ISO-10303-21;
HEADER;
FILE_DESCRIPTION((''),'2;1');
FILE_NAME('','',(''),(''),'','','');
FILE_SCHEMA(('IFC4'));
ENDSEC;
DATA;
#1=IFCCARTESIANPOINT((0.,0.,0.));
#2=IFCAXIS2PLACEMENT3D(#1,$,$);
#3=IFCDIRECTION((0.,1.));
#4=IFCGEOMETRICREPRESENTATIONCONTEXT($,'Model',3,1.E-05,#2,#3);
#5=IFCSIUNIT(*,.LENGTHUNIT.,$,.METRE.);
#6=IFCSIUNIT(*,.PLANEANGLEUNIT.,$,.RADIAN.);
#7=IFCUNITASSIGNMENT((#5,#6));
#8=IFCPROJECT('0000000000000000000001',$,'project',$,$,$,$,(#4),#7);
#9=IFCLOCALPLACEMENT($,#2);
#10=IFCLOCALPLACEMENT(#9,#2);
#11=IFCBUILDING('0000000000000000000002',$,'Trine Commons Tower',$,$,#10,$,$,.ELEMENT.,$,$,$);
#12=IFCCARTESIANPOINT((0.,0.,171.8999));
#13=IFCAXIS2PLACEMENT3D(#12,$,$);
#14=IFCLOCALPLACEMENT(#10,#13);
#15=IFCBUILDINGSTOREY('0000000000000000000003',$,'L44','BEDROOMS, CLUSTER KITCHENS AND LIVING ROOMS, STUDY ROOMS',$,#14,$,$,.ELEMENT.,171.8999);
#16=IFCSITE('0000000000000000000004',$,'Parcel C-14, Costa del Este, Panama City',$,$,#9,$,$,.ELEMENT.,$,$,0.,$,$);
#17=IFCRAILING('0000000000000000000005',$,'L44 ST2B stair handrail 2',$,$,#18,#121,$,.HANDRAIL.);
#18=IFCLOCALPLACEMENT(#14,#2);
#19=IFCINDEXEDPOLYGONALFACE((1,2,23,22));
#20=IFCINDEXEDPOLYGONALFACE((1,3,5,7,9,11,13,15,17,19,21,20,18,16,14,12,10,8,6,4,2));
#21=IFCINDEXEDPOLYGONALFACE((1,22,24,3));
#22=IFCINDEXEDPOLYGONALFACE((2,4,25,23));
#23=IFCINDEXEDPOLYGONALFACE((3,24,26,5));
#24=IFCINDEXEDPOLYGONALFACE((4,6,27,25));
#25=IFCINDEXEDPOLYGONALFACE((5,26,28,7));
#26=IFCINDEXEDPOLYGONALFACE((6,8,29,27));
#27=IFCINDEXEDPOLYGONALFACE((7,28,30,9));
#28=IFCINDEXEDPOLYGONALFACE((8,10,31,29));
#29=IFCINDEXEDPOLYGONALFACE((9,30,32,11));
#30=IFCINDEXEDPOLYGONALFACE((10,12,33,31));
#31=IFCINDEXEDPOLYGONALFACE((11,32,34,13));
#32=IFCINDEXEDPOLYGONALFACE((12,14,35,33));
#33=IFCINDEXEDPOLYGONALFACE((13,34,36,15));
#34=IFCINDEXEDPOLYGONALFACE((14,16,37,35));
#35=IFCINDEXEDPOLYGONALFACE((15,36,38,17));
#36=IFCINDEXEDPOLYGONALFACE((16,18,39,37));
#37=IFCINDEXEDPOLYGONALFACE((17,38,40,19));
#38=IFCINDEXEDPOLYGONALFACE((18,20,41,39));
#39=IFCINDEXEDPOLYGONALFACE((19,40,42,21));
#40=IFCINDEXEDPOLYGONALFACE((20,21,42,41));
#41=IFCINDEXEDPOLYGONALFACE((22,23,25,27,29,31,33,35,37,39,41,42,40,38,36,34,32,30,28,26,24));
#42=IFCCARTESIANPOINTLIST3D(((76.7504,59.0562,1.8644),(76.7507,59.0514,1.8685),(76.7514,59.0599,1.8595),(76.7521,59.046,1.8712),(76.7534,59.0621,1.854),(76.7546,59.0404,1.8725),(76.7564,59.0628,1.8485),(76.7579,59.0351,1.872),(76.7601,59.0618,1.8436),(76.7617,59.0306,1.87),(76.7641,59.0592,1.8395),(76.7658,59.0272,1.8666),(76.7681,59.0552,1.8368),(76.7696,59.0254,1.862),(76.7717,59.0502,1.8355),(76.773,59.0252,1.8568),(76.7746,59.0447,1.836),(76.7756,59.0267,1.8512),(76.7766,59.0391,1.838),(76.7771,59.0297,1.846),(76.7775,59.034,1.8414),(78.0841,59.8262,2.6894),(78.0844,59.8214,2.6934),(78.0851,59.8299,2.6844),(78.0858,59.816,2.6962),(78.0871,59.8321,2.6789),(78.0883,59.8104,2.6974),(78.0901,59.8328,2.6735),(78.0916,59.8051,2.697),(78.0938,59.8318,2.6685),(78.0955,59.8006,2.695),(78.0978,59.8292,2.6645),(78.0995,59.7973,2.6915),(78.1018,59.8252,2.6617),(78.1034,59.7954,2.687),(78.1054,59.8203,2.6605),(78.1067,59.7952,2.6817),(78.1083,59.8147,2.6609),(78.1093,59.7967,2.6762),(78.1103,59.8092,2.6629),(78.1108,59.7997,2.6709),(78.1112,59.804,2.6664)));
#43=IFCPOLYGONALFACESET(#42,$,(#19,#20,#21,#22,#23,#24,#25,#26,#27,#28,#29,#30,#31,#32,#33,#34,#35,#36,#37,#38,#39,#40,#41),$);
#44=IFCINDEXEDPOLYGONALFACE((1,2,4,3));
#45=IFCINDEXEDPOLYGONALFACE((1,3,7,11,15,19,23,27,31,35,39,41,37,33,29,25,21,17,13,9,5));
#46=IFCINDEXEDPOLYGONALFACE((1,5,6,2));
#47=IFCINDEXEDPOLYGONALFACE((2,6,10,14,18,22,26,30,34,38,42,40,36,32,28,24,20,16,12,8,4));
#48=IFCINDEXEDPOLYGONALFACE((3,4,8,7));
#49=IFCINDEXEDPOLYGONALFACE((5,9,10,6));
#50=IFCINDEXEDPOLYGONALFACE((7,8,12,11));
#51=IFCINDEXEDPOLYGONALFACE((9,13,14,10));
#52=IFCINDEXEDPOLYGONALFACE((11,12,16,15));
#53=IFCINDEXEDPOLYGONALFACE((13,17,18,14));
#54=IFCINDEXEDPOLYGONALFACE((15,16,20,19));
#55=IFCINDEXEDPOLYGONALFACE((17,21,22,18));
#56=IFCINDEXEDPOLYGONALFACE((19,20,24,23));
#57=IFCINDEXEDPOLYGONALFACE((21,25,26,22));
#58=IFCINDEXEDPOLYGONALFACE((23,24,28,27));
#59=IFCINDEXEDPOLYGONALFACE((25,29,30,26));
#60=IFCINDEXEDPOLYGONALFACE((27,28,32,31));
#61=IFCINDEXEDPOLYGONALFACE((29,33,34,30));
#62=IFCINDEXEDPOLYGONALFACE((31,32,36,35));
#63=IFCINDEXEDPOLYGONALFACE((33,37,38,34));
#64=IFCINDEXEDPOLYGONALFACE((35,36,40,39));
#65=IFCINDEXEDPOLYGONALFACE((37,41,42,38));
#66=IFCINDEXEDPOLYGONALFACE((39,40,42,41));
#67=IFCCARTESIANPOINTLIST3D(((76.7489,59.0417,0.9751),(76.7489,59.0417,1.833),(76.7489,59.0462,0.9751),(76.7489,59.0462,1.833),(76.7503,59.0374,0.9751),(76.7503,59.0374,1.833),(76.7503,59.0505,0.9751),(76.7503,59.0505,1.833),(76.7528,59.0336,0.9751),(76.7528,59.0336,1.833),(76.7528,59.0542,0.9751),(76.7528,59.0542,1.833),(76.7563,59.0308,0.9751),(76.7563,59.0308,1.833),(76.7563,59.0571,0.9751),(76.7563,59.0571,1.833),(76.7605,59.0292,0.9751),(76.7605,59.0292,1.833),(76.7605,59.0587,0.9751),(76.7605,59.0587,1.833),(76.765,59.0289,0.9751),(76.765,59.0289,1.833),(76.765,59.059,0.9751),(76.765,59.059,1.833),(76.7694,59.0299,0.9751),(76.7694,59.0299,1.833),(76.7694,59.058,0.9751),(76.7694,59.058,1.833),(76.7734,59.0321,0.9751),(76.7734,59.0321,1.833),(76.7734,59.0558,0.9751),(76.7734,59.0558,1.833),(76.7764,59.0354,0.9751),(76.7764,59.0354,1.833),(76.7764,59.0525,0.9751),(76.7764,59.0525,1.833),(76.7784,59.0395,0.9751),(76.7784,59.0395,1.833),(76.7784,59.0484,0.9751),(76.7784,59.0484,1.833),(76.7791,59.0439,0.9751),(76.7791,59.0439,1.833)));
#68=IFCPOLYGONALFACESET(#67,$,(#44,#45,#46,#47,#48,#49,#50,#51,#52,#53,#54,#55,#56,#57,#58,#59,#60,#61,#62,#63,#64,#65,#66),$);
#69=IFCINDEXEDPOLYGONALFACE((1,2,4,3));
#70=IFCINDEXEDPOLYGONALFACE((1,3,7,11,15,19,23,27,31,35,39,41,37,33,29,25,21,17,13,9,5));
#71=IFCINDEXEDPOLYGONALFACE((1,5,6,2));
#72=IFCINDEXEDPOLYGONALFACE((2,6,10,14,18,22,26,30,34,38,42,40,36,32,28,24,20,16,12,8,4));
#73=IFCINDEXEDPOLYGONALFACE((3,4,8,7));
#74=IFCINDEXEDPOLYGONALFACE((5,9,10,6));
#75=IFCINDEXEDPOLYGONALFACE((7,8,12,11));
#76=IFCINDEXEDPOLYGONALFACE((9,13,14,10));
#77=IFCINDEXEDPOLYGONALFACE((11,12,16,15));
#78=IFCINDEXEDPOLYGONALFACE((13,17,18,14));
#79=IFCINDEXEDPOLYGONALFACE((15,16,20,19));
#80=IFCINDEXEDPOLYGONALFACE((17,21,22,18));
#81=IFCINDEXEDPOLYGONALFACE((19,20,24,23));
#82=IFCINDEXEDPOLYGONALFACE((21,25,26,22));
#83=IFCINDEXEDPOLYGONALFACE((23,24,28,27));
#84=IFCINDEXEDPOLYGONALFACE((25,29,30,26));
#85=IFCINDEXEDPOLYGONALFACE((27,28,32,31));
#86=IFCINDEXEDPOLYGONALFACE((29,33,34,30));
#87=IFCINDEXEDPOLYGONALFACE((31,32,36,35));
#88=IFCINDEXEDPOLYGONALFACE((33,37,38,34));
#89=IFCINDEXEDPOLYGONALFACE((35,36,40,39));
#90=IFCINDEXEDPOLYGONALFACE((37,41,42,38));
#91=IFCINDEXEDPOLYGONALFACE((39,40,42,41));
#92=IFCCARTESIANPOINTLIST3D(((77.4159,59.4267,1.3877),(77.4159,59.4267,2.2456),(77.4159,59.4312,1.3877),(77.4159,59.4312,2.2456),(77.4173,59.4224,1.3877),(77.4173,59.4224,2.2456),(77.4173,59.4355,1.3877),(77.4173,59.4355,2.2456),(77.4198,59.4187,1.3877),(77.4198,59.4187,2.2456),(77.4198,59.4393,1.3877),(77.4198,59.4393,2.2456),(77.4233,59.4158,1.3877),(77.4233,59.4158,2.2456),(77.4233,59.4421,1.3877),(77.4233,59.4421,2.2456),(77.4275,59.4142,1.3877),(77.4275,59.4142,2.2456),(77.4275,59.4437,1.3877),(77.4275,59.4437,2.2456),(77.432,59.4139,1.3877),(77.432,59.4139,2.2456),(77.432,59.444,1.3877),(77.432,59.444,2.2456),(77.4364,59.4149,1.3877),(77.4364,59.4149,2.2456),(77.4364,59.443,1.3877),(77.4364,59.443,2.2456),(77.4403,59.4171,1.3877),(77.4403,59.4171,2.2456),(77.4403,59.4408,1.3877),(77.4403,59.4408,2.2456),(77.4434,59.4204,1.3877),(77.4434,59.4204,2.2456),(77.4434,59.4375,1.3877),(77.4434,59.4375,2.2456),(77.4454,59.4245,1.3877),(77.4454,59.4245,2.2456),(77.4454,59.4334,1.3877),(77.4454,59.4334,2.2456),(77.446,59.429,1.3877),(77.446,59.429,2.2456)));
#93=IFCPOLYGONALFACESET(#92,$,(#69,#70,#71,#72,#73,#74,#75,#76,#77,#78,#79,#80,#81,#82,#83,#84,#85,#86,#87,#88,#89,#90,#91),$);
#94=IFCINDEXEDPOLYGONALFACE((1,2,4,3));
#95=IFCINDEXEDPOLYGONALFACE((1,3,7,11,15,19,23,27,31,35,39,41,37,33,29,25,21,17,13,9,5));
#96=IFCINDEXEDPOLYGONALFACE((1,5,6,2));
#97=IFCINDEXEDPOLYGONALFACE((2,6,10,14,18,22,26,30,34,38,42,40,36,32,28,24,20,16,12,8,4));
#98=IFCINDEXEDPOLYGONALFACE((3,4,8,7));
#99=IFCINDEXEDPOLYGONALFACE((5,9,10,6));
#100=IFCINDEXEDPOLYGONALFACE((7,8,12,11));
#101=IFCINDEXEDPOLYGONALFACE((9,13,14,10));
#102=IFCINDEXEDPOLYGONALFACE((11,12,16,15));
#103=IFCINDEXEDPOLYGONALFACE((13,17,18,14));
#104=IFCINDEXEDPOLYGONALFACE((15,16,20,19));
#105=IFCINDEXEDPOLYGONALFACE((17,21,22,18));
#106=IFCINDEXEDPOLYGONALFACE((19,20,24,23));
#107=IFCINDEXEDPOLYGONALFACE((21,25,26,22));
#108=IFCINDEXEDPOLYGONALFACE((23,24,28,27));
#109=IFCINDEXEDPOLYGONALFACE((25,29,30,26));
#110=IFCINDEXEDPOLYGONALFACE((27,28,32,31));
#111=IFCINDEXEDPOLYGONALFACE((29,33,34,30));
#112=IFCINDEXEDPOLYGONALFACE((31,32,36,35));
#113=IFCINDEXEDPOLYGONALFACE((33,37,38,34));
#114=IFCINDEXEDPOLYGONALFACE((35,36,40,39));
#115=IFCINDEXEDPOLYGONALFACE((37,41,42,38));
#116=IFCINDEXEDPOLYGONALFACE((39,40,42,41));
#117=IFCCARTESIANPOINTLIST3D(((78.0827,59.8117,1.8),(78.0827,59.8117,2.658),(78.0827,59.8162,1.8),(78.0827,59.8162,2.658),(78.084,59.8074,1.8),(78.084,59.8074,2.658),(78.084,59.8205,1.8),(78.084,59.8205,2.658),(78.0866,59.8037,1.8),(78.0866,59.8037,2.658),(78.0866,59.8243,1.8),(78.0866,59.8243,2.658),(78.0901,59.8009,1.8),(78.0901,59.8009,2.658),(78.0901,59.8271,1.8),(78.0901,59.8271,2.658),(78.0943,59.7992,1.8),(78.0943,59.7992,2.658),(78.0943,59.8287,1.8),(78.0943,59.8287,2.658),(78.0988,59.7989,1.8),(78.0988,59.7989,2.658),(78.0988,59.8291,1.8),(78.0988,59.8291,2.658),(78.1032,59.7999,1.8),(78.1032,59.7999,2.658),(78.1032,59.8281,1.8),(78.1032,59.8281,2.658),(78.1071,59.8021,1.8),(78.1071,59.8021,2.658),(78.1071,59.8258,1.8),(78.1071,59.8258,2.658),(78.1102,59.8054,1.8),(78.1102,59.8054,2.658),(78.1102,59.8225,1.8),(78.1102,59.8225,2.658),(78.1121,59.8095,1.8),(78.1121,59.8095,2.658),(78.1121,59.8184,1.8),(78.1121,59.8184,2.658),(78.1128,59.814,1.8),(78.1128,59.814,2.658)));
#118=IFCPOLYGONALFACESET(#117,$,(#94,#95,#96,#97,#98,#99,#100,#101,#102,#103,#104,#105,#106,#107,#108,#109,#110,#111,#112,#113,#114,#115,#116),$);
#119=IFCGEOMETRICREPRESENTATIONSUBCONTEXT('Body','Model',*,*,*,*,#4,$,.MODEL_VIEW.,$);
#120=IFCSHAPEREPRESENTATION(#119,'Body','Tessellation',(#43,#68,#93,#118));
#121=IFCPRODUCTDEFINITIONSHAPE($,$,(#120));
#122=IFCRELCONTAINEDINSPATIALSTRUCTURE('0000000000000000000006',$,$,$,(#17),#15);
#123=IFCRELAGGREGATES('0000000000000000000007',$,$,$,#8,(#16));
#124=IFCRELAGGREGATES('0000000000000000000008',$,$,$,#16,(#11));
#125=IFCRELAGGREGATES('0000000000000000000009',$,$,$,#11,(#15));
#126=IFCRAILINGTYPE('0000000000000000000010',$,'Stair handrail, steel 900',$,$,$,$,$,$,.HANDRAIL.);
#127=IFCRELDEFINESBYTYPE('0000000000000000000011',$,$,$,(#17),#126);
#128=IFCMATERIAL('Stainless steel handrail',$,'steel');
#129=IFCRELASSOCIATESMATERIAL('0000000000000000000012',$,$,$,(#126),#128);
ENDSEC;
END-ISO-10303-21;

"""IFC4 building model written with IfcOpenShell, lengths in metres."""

from ifc_helpers import new_model, si_unit, direction, frame, origin, origin_2d, place, context, subcontext, project, spatial, circle, extrude, material, type_object, element, save


model = new_model("IFC4")

# Units and contexts
model_context = context("Model", 3, precision=1e-05, world=origin(), true_north=direction((0.0, 1.0)))
body_context = subcontext(model_context, "Body", "Model", "MODEL_VIEW")
ifc_project = project(units=[si_unit("LENGTHUNIT", "METRE"), si_unit("PLANEANGLEUNIT", "RADIAN")], contexts=[model_context])

# Site, building, storey
site_placement = place(None, origin())
site = spatial("IfcSite", under=ifc_project, at=site_placement, Name="Parcel C-14, Costa del Este, Panama City", CompositionType="ELEMENT", RefElevation=0.0)
building_placement = place(site_placement, origin())
building = spatial("IfcBuilding", under=site, at=building_placement, Name="Trine Commons Tower", CompositionType="ELEMENT")
storey_placement = place(building_placement, frame((0.0, 0.0, 171.8999)))
storey = spatial("IfcBuildingStorey", under=building, at=storey_placement, Name="L44", Description="BEDROOMS, CLUSTER KITCHENS AND LIVING ROOMS, STUDY ROOMS", CompositionType="ELEMENT", Elevation=171.8999)

# Railing
ifc_material_1 = material(Name="Stainless steel handrail", Category="steel")
railing_type_1 = type_object("IfcRailingType", Name="Stair handrail, steel 900", PredefinedType="HANDRAIL", material=ifc_material_1)
for number, where, name in (
    (1, (76.7639, 59.0439, 0.9751), "L44 ST2B stair handrail 2"),
):
    element("IfcRailing", number, at=place(storey_placement, frame(where)), inside=storey, type_object=railing_type_1, Name=name, PredefinedType="HANDRAIL", context=body_context, shape_type="SweptSolid", body=[
        extrude(circle(Radius=0.021, at=origin_2d()), frame((0.0, 0.0, 0.8789), z_axis=(0.763405, 0.440743, 0.472185), x_axis=(-0.499992, 0.86603, 0.0)), (0.0, 0.0, 1.0), 1.7471),
        extrude(circle(Radius=0.0151, at=origin_2d()), origin(), (0.0, 0.0, 1.0), 0.8579),
        extrude(circle(Radius=0.0151, at=origin_2d()), frame((0.667, 0.385, 0.4126)), (0.0, 0.0, 1.0), 0.8579),
        extrude(circle(Radius=0.0151, at=origin_2d()), frame((1.3337, 0.77, 0.825)), (0.0, 0.0, 1.0), 0.8579),
    ])

save(model, "model.ifc")
